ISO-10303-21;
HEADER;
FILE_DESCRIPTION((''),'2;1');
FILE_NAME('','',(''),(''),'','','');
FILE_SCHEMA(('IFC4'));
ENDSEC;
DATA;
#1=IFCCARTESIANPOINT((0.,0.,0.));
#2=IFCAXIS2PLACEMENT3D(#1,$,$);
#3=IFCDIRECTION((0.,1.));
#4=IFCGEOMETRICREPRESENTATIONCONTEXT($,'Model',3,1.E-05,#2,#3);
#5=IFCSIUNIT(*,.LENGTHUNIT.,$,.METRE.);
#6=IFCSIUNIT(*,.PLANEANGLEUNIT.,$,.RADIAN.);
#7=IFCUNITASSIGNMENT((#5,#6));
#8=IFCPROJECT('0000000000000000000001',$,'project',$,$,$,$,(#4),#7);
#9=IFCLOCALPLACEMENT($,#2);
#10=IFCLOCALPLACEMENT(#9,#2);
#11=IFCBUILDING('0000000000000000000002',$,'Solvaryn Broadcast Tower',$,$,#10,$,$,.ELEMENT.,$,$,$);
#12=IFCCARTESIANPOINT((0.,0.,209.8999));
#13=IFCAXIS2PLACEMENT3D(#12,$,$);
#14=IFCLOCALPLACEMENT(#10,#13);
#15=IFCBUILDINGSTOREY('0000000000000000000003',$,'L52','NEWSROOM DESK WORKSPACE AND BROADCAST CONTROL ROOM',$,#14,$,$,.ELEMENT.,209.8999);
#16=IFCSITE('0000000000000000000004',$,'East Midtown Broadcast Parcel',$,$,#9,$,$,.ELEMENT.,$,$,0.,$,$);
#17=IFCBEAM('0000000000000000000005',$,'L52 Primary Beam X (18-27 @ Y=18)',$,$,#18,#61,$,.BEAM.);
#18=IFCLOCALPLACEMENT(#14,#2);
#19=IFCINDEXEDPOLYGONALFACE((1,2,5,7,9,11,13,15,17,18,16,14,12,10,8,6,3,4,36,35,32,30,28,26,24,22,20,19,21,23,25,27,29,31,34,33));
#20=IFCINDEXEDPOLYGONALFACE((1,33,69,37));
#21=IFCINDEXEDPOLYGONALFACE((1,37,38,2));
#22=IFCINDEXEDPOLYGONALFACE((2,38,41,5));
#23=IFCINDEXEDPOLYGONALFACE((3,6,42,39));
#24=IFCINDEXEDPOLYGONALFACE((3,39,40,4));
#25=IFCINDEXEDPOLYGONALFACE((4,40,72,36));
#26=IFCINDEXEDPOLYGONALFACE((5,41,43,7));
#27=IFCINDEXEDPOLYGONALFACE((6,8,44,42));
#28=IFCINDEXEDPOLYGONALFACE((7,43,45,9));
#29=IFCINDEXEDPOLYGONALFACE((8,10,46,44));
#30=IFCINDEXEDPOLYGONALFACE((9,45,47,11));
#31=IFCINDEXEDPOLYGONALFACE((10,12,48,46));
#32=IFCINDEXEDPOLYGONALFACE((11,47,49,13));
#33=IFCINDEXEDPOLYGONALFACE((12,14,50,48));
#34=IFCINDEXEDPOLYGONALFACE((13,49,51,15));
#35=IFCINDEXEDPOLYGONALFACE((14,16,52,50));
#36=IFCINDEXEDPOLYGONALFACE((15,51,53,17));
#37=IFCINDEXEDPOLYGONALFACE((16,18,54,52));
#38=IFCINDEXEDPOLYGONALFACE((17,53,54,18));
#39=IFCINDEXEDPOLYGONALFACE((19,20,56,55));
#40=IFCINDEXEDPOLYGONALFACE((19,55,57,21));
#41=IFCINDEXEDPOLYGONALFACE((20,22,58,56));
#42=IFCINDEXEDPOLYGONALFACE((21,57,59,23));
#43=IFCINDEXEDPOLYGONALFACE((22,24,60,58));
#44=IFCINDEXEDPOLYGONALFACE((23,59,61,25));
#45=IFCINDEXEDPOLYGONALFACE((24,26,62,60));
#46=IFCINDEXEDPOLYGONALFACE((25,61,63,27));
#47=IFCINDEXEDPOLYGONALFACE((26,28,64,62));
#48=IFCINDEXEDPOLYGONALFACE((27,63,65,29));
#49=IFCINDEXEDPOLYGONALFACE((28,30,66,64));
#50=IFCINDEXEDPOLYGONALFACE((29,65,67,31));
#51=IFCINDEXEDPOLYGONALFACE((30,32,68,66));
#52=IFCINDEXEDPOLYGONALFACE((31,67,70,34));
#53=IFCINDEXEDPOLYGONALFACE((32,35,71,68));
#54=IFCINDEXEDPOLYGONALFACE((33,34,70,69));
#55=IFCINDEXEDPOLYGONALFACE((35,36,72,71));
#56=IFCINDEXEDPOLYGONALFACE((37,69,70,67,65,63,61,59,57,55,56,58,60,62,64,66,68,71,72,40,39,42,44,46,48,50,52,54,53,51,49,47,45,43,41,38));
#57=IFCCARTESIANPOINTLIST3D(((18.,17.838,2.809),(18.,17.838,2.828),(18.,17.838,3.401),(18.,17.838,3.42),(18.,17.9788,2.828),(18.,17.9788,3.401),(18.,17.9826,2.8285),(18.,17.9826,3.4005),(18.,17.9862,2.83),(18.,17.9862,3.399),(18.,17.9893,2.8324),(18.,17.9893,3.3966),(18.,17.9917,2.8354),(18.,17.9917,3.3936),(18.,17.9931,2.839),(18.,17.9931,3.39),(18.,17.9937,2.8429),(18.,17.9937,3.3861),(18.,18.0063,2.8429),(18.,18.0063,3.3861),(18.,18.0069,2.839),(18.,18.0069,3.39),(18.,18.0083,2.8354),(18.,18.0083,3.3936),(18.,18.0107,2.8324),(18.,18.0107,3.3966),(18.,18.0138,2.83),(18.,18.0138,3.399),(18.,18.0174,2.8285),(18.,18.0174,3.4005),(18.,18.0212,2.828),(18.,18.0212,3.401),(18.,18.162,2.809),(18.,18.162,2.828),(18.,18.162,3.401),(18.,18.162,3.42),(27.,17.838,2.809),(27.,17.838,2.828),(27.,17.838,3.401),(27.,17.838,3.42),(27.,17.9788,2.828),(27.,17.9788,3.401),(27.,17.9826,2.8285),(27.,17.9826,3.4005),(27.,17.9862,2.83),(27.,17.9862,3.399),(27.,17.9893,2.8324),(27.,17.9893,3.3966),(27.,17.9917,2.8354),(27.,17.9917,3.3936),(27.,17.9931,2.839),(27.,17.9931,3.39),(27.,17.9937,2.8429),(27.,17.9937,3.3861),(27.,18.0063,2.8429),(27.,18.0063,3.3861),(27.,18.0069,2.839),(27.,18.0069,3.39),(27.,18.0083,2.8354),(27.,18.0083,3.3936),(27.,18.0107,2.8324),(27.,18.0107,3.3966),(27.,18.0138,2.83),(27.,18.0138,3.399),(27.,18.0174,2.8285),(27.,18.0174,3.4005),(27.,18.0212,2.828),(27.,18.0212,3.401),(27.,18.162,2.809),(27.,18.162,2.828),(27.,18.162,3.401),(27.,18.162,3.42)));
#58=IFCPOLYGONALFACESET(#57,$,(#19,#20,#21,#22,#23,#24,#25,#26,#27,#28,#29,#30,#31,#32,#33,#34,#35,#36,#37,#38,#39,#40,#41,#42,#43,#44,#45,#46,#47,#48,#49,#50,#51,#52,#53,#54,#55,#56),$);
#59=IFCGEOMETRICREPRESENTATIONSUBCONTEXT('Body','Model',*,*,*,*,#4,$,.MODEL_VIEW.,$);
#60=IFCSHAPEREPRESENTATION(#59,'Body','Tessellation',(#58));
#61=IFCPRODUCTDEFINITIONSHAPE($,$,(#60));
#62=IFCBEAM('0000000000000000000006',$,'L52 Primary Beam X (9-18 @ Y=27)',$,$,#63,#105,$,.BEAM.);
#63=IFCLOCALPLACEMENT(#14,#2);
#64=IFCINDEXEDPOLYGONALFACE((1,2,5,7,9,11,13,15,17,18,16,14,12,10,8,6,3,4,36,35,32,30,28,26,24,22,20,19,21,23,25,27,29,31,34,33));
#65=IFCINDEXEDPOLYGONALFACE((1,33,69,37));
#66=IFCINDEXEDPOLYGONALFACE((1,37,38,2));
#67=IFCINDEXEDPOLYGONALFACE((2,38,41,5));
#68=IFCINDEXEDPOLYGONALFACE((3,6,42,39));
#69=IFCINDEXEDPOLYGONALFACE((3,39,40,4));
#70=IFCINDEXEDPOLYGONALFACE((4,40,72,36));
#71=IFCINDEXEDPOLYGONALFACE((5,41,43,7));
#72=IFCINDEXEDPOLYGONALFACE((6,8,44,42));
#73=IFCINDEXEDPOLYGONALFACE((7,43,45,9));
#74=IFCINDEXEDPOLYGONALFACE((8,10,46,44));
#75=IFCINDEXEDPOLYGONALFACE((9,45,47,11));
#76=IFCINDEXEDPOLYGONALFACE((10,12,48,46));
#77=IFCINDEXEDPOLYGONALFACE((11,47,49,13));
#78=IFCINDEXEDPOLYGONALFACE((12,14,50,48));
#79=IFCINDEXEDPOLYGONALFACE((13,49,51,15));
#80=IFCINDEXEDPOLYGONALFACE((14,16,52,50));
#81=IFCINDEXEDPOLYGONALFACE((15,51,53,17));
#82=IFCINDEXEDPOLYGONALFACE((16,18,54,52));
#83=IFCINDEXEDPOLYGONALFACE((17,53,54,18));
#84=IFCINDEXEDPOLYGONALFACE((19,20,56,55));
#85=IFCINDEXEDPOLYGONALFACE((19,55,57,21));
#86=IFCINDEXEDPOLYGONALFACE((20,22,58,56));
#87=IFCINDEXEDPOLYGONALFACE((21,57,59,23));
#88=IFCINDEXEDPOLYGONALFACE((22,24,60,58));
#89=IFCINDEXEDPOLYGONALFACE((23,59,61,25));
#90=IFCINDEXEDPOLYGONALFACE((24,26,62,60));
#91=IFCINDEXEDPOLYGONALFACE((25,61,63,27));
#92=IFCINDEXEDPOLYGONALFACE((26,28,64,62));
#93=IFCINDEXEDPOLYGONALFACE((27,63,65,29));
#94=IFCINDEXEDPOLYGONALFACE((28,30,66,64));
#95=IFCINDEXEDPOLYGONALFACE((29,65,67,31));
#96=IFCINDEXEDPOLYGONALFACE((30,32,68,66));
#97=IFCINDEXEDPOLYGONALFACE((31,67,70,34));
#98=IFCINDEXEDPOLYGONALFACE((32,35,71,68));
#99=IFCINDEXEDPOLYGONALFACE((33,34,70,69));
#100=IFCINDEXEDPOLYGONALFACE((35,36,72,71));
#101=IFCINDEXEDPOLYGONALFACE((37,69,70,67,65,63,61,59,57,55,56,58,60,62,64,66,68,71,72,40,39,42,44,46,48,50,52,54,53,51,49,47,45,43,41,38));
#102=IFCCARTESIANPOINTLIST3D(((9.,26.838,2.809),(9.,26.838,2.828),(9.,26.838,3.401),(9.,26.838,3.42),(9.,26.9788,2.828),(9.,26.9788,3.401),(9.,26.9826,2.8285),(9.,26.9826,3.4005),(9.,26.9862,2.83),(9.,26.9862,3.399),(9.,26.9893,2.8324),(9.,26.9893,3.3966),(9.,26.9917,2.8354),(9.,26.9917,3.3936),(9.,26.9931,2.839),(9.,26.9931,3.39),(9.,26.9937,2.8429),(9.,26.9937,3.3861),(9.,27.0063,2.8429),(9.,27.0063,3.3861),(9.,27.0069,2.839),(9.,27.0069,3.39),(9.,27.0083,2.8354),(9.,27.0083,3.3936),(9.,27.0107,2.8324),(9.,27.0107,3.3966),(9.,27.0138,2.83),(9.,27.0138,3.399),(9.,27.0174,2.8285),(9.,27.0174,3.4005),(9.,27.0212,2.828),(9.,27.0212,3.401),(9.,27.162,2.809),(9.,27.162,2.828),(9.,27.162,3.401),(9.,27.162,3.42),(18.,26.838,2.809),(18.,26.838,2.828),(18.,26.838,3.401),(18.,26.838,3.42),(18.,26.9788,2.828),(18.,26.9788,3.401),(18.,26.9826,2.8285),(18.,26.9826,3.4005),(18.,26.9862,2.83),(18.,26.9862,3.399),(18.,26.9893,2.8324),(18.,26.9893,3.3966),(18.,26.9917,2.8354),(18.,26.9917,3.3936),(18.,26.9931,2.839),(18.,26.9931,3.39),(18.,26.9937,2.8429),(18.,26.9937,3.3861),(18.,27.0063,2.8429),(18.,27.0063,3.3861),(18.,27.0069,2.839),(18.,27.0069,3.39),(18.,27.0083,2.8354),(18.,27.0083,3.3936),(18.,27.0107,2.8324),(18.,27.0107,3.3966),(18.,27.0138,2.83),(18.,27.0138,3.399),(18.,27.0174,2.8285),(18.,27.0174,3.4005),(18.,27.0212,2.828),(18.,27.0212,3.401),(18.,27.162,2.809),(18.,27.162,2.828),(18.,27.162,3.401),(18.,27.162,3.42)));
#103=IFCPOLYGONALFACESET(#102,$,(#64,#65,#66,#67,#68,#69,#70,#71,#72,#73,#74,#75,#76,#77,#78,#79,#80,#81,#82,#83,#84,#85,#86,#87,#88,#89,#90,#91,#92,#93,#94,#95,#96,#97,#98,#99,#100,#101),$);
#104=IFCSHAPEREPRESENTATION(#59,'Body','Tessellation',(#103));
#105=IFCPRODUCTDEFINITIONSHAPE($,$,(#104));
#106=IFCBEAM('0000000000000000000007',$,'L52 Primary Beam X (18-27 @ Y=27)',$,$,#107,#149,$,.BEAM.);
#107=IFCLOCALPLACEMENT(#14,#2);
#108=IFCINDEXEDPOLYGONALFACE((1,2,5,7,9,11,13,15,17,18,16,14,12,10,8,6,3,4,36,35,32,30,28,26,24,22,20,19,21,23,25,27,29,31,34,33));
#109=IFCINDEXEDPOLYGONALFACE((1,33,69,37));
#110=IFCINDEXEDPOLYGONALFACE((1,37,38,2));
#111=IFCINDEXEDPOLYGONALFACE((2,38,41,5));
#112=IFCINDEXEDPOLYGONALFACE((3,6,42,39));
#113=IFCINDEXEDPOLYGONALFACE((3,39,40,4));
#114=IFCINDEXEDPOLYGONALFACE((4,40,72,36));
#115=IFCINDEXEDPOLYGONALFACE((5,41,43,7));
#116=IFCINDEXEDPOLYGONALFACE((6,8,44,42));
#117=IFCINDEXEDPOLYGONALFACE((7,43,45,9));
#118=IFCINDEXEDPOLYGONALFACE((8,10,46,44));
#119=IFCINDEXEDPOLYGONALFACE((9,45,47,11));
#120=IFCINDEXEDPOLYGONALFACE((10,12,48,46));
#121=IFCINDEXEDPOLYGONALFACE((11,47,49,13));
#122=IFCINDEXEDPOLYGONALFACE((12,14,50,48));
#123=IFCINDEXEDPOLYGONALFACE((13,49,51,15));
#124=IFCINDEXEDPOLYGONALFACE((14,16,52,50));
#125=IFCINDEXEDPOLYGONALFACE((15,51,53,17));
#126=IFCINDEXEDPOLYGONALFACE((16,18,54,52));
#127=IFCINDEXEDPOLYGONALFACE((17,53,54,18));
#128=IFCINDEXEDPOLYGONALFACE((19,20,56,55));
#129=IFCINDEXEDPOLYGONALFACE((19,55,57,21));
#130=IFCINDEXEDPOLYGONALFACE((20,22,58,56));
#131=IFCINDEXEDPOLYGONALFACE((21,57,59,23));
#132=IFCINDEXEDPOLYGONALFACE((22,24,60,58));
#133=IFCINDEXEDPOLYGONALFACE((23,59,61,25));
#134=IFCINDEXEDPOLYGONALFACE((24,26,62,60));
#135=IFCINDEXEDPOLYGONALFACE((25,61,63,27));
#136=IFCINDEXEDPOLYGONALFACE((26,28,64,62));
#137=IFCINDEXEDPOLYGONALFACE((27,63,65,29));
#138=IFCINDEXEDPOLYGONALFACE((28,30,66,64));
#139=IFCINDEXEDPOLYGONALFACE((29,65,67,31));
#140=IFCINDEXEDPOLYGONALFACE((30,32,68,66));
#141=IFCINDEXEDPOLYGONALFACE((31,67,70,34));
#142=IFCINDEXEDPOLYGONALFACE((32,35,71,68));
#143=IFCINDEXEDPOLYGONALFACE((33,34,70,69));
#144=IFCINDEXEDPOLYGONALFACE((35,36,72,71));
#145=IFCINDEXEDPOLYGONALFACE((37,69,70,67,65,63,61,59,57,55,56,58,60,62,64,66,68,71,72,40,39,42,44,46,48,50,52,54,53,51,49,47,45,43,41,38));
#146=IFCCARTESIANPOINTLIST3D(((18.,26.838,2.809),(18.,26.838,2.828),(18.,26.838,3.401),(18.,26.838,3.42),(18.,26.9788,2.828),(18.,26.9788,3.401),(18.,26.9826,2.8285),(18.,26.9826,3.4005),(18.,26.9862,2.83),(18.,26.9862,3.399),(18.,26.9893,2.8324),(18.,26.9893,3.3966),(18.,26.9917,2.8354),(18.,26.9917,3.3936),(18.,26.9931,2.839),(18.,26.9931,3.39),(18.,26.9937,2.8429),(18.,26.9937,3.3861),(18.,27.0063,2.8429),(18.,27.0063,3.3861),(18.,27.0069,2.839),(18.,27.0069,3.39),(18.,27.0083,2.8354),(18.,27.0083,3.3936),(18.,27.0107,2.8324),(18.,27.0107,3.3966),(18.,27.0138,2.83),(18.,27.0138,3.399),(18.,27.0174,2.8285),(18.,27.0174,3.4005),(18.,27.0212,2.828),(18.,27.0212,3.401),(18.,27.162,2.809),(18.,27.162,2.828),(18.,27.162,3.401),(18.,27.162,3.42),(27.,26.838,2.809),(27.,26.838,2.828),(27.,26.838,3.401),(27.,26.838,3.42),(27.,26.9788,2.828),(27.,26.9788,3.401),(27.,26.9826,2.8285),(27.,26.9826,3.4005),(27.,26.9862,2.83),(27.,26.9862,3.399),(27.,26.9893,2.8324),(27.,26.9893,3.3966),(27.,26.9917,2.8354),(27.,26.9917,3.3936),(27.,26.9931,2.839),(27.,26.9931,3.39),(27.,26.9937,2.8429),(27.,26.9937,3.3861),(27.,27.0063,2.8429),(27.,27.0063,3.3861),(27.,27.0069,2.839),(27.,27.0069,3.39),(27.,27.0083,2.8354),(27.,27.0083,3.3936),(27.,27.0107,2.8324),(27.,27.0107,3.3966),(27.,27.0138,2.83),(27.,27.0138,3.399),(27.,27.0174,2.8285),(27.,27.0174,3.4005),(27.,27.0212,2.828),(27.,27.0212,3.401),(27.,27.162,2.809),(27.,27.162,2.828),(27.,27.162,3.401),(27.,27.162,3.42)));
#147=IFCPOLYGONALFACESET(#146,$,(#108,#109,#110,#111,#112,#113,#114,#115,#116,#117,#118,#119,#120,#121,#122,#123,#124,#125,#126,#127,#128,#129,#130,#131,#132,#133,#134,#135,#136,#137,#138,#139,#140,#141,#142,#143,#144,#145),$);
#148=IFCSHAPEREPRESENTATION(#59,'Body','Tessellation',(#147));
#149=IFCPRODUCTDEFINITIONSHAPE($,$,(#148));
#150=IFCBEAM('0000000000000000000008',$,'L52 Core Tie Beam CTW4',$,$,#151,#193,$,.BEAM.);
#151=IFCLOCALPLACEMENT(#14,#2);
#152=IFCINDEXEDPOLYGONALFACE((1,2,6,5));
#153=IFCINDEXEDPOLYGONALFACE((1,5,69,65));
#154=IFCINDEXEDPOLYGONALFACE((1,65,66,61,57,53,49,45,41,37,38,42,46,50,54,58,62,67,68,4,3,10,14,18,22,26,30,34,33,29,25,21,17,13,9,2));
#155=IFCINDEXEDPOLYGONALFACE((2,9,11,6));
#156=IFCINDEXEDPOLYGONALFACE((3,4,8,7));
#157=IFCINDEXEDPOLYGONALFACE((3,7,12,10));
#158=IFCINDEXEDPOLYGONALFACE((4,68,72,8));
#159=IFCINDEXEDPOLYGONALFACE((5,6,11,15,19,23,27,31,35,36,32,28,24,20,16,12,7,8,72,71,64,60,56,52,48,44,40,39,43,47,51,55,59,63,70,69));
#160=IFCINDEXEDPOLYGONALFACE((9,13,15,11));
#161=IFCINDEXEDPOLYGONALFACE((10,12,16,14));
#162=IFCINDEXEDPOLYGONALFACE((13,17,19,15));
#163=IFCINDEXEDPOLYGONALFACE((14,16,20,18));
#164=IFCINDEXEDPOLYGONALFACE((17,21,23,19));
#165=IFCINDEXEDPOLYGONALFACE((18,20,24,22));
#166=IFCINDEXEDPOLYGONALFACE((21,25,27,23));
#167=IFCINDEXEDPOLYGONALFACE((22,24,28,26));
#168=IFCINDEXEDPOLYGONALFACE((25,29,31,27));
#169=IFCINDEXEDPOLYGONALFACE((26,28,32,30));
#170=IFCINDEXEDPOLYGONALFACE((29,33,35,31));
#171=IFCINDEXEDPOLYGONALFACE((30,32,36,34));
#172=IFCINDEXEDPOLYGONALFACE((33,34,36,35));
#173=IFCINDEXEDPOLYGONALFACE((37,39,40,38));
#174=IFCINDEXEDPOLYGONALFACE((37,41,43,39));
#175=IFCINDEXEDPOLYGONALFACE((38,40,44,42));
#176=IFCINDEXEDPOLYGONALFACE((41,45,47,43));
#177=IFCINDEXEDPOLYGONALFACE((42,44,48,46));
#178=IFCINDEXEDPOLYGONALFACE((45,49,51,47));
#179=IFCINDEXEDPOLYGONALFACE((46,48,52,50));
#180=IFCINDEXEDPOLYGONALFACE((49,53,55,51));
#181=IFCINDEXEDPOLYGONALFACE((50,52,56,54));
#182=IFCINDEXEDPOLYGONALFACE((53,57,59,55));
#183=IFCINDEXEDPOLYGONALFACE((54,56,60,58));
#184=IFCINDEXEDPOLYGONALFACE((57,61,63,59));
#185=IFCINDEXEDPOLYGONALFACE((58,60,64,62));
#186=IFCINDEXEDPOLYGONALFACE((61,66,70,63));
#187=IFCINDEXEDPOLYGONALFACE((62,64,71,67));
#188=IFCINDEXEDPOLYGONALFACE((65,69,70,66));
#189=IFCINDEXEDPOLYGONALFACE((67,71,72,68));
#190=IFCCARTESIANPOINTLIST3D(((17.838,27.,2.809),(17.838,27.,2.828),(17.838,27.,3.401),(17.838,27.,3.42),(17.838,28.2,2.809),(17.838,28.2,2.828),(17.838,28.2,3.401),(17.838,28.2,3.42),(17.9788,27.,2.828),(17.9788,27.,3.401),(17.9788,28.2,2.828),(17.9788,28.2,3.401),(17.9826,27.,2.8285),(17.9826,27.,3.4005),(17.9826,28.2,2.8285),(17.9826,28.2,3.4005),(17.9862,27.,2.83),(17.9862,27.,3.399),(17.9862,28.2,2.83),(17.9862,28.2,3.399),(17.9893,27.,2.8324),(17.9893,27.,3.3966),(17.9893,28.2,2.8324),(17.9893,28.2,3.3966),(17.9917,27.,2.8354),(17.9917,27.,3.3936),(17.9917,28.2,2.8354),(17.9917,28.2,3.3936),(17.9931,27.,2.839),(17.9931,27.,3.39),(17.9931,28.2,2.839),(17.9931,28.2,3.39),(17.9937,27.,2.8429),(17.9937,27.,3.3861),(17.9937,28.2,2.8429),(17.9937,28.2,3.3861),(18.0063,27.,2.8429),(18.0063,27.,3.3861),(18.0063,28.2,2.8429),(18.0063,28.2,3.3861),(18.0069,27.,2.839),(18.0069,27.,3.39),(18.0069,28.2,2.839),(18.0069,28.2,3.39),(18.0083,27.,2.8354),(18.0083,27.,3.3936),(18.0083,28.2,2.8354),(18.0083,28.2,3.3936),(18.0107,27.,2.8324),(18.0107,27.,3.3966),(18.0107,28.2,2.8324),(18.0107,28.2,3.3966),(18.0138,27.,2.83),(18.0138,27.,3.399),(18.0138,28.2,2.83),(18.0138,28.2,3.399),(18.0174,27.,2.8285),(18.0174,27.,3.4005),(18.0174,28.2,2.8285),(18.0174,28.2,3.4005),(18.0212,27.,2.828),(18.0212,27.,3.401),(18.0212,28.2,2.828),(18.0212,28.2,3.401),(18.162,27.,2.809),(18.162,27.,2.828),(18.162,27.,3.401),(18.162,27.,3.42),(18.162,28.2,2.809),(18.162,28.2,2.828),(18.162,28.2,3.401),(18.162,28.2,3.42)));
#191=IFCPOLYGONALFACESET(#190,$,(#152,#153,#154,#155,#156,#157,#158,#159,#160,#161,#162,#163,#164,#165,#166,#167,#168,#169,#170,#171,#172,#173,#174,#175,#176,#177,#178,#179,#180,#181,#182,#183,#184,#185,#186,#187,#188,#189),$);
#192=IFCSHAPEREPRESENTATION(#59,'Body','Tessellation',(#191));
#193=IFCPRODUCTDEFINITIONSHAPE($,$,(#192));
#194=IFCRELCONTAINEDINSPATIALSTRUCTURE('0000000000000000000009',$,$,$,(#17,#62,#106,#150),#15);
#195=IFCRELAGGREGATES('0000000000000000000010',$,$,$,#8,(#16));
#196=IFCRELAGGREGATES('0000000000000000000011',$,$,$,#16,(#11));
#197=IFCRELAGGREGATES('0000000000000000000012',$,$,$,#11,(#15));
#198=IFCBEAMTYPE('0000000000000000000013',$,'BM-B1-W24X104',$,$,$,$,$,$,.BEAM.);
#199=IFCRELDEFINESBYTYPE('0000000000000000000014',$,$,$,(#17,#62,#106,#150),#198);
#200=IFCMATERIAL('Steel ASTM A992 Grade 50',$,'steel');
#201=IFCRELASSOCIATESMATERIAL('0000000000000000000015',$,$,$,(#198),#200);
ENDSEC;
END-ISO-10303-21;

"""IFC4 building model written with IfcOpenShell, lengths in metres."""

from ifc_helpers import new_model, si_unit, direction, frame, origin, origin_2d, place, context, subcontext, project, spatial, i_section, extrude, material, material_profile, profile_set, type_object, element, save


model = new_model("IFC4")

# Units and contexts
model_context = context("Model", 3, precision=1e-05, world=origin(), true_north=direction((0.0, 1.0)))
body_context = subcontext(model_context, "Body", "Model", "MODEL_VIEW")
ifc_project = project(units=[si_unit("LENGTHUNIT", "METRE"), si_unit("PLANEANGLEUNIT", "RADIAN")], contexts=[model_context])

# Site, building, storey
site_placement = place(None, origin())
site = spatial("IfcSite", under=ifc_project, at=site_placement, Name="East Midtown Broadcast Parcel", CompositionType="ELEMENT", RefElevation=0.0)
building_placement = place(site_placement, origin())
building = spatial("IfcBuilding", under=site, at=building_placement, Name="Solvaryn Broadcast Tower", CompositionType="ELEMENT")
storey_placement = place(building_placement, frame((0.0, 0.0, 209.8999)))
storey = spatial("IfcBuildingStorey", under=building, at=storey_placement, Name="L52", Description="NEWSROOM DESK WORKSPACE AND BROADCAST CONTROL ROOM", CompositionType="ELEMENT", Elevation=209.8999)

# Beams
ifc_material_1 = material(Name="Steel ASTM A992 Grade 50", Category="steel")
ifc_material_profile_1 = material_profile(ifc_material_1, i_section(OverallWidth=0.324, OverallDepth=0.6111, WebThickness=0.0127, FlangeThickness=0.019, FilletRadius=0.0149, at=origin_2d()))
ifc_profile_set_1 = profile_set([ifc_material_profile_1], Name="Steel ASTM A992 Grade 50")
beam_type_1 = type_object("IfcBeamType", Name="BM-B1-W24X104", PredefinedType="BEAM", material=ifc_profile_set_1)
for number, where, z_axis, x_axis, name in (
    (1, (18.0, 18.0, 3.1145), (1.0, 0.0, 0.0), (0.0, 1.0, 0.0), "L52 Primary Beam X (18-27 @ Y=18)"),
    (2, (9.0, 27.0, 3.1145), (1.0, 0.0, 0.0), (0.0, 1.0, 0.0), "L52 Primary Beam X (9-18 @ Y=27)"),
    (3, (18.0, 27.0, 3.1145), (1.0, 0.0, 0.0), (0.0, 1.0, 0.0), "L52 Primary Beam X (18-27 @ Y=27)"),
):
    element("IfcBeam", number, at=place(storey_placement, frame(where, z_axis=z_axis, x_axis=x_axis)), inside=storey, type_object=beam_type_1, Name=name, PredefinedType="BEAM", context=body_context, shape_type="SweptSolid", body=[
        extrude(i_section(OverallWidth=0.324, OverallDepth=0.6111, WebThickness=0.0127, FlangeThickness=0.019, FilletRadius=0.0149, at=origin_2d()), origin(), (0.0, 0.0, 1.0), 9.0),
    ])
beam_1_placement = place(storey_placement, frame((18.0, 27.0, 3.1145), z_axis=(0.0, 1.0, 0.0), x_axis=(-1.0, 0.0, 0.0)))
element("IfcBeam", 4, at=beam_1_placement, inside=storey, type_object=beam_type_1, Name="L52 Core Tie Beam CTW4", PredefinedType="BEAM", context=body_context, shape_type="SweptSolid", body=[
    extrude(i_section(OverallWidth=0.324, OverallDepth=0.6111, WebThickness=0.0127, FlangeThickness=0.019, FilletRadius=0.0149, at=origin_2d()), origin(), (0.0, 0.0, 1.0), 1.2),
])

save(model, "model.ifc")
